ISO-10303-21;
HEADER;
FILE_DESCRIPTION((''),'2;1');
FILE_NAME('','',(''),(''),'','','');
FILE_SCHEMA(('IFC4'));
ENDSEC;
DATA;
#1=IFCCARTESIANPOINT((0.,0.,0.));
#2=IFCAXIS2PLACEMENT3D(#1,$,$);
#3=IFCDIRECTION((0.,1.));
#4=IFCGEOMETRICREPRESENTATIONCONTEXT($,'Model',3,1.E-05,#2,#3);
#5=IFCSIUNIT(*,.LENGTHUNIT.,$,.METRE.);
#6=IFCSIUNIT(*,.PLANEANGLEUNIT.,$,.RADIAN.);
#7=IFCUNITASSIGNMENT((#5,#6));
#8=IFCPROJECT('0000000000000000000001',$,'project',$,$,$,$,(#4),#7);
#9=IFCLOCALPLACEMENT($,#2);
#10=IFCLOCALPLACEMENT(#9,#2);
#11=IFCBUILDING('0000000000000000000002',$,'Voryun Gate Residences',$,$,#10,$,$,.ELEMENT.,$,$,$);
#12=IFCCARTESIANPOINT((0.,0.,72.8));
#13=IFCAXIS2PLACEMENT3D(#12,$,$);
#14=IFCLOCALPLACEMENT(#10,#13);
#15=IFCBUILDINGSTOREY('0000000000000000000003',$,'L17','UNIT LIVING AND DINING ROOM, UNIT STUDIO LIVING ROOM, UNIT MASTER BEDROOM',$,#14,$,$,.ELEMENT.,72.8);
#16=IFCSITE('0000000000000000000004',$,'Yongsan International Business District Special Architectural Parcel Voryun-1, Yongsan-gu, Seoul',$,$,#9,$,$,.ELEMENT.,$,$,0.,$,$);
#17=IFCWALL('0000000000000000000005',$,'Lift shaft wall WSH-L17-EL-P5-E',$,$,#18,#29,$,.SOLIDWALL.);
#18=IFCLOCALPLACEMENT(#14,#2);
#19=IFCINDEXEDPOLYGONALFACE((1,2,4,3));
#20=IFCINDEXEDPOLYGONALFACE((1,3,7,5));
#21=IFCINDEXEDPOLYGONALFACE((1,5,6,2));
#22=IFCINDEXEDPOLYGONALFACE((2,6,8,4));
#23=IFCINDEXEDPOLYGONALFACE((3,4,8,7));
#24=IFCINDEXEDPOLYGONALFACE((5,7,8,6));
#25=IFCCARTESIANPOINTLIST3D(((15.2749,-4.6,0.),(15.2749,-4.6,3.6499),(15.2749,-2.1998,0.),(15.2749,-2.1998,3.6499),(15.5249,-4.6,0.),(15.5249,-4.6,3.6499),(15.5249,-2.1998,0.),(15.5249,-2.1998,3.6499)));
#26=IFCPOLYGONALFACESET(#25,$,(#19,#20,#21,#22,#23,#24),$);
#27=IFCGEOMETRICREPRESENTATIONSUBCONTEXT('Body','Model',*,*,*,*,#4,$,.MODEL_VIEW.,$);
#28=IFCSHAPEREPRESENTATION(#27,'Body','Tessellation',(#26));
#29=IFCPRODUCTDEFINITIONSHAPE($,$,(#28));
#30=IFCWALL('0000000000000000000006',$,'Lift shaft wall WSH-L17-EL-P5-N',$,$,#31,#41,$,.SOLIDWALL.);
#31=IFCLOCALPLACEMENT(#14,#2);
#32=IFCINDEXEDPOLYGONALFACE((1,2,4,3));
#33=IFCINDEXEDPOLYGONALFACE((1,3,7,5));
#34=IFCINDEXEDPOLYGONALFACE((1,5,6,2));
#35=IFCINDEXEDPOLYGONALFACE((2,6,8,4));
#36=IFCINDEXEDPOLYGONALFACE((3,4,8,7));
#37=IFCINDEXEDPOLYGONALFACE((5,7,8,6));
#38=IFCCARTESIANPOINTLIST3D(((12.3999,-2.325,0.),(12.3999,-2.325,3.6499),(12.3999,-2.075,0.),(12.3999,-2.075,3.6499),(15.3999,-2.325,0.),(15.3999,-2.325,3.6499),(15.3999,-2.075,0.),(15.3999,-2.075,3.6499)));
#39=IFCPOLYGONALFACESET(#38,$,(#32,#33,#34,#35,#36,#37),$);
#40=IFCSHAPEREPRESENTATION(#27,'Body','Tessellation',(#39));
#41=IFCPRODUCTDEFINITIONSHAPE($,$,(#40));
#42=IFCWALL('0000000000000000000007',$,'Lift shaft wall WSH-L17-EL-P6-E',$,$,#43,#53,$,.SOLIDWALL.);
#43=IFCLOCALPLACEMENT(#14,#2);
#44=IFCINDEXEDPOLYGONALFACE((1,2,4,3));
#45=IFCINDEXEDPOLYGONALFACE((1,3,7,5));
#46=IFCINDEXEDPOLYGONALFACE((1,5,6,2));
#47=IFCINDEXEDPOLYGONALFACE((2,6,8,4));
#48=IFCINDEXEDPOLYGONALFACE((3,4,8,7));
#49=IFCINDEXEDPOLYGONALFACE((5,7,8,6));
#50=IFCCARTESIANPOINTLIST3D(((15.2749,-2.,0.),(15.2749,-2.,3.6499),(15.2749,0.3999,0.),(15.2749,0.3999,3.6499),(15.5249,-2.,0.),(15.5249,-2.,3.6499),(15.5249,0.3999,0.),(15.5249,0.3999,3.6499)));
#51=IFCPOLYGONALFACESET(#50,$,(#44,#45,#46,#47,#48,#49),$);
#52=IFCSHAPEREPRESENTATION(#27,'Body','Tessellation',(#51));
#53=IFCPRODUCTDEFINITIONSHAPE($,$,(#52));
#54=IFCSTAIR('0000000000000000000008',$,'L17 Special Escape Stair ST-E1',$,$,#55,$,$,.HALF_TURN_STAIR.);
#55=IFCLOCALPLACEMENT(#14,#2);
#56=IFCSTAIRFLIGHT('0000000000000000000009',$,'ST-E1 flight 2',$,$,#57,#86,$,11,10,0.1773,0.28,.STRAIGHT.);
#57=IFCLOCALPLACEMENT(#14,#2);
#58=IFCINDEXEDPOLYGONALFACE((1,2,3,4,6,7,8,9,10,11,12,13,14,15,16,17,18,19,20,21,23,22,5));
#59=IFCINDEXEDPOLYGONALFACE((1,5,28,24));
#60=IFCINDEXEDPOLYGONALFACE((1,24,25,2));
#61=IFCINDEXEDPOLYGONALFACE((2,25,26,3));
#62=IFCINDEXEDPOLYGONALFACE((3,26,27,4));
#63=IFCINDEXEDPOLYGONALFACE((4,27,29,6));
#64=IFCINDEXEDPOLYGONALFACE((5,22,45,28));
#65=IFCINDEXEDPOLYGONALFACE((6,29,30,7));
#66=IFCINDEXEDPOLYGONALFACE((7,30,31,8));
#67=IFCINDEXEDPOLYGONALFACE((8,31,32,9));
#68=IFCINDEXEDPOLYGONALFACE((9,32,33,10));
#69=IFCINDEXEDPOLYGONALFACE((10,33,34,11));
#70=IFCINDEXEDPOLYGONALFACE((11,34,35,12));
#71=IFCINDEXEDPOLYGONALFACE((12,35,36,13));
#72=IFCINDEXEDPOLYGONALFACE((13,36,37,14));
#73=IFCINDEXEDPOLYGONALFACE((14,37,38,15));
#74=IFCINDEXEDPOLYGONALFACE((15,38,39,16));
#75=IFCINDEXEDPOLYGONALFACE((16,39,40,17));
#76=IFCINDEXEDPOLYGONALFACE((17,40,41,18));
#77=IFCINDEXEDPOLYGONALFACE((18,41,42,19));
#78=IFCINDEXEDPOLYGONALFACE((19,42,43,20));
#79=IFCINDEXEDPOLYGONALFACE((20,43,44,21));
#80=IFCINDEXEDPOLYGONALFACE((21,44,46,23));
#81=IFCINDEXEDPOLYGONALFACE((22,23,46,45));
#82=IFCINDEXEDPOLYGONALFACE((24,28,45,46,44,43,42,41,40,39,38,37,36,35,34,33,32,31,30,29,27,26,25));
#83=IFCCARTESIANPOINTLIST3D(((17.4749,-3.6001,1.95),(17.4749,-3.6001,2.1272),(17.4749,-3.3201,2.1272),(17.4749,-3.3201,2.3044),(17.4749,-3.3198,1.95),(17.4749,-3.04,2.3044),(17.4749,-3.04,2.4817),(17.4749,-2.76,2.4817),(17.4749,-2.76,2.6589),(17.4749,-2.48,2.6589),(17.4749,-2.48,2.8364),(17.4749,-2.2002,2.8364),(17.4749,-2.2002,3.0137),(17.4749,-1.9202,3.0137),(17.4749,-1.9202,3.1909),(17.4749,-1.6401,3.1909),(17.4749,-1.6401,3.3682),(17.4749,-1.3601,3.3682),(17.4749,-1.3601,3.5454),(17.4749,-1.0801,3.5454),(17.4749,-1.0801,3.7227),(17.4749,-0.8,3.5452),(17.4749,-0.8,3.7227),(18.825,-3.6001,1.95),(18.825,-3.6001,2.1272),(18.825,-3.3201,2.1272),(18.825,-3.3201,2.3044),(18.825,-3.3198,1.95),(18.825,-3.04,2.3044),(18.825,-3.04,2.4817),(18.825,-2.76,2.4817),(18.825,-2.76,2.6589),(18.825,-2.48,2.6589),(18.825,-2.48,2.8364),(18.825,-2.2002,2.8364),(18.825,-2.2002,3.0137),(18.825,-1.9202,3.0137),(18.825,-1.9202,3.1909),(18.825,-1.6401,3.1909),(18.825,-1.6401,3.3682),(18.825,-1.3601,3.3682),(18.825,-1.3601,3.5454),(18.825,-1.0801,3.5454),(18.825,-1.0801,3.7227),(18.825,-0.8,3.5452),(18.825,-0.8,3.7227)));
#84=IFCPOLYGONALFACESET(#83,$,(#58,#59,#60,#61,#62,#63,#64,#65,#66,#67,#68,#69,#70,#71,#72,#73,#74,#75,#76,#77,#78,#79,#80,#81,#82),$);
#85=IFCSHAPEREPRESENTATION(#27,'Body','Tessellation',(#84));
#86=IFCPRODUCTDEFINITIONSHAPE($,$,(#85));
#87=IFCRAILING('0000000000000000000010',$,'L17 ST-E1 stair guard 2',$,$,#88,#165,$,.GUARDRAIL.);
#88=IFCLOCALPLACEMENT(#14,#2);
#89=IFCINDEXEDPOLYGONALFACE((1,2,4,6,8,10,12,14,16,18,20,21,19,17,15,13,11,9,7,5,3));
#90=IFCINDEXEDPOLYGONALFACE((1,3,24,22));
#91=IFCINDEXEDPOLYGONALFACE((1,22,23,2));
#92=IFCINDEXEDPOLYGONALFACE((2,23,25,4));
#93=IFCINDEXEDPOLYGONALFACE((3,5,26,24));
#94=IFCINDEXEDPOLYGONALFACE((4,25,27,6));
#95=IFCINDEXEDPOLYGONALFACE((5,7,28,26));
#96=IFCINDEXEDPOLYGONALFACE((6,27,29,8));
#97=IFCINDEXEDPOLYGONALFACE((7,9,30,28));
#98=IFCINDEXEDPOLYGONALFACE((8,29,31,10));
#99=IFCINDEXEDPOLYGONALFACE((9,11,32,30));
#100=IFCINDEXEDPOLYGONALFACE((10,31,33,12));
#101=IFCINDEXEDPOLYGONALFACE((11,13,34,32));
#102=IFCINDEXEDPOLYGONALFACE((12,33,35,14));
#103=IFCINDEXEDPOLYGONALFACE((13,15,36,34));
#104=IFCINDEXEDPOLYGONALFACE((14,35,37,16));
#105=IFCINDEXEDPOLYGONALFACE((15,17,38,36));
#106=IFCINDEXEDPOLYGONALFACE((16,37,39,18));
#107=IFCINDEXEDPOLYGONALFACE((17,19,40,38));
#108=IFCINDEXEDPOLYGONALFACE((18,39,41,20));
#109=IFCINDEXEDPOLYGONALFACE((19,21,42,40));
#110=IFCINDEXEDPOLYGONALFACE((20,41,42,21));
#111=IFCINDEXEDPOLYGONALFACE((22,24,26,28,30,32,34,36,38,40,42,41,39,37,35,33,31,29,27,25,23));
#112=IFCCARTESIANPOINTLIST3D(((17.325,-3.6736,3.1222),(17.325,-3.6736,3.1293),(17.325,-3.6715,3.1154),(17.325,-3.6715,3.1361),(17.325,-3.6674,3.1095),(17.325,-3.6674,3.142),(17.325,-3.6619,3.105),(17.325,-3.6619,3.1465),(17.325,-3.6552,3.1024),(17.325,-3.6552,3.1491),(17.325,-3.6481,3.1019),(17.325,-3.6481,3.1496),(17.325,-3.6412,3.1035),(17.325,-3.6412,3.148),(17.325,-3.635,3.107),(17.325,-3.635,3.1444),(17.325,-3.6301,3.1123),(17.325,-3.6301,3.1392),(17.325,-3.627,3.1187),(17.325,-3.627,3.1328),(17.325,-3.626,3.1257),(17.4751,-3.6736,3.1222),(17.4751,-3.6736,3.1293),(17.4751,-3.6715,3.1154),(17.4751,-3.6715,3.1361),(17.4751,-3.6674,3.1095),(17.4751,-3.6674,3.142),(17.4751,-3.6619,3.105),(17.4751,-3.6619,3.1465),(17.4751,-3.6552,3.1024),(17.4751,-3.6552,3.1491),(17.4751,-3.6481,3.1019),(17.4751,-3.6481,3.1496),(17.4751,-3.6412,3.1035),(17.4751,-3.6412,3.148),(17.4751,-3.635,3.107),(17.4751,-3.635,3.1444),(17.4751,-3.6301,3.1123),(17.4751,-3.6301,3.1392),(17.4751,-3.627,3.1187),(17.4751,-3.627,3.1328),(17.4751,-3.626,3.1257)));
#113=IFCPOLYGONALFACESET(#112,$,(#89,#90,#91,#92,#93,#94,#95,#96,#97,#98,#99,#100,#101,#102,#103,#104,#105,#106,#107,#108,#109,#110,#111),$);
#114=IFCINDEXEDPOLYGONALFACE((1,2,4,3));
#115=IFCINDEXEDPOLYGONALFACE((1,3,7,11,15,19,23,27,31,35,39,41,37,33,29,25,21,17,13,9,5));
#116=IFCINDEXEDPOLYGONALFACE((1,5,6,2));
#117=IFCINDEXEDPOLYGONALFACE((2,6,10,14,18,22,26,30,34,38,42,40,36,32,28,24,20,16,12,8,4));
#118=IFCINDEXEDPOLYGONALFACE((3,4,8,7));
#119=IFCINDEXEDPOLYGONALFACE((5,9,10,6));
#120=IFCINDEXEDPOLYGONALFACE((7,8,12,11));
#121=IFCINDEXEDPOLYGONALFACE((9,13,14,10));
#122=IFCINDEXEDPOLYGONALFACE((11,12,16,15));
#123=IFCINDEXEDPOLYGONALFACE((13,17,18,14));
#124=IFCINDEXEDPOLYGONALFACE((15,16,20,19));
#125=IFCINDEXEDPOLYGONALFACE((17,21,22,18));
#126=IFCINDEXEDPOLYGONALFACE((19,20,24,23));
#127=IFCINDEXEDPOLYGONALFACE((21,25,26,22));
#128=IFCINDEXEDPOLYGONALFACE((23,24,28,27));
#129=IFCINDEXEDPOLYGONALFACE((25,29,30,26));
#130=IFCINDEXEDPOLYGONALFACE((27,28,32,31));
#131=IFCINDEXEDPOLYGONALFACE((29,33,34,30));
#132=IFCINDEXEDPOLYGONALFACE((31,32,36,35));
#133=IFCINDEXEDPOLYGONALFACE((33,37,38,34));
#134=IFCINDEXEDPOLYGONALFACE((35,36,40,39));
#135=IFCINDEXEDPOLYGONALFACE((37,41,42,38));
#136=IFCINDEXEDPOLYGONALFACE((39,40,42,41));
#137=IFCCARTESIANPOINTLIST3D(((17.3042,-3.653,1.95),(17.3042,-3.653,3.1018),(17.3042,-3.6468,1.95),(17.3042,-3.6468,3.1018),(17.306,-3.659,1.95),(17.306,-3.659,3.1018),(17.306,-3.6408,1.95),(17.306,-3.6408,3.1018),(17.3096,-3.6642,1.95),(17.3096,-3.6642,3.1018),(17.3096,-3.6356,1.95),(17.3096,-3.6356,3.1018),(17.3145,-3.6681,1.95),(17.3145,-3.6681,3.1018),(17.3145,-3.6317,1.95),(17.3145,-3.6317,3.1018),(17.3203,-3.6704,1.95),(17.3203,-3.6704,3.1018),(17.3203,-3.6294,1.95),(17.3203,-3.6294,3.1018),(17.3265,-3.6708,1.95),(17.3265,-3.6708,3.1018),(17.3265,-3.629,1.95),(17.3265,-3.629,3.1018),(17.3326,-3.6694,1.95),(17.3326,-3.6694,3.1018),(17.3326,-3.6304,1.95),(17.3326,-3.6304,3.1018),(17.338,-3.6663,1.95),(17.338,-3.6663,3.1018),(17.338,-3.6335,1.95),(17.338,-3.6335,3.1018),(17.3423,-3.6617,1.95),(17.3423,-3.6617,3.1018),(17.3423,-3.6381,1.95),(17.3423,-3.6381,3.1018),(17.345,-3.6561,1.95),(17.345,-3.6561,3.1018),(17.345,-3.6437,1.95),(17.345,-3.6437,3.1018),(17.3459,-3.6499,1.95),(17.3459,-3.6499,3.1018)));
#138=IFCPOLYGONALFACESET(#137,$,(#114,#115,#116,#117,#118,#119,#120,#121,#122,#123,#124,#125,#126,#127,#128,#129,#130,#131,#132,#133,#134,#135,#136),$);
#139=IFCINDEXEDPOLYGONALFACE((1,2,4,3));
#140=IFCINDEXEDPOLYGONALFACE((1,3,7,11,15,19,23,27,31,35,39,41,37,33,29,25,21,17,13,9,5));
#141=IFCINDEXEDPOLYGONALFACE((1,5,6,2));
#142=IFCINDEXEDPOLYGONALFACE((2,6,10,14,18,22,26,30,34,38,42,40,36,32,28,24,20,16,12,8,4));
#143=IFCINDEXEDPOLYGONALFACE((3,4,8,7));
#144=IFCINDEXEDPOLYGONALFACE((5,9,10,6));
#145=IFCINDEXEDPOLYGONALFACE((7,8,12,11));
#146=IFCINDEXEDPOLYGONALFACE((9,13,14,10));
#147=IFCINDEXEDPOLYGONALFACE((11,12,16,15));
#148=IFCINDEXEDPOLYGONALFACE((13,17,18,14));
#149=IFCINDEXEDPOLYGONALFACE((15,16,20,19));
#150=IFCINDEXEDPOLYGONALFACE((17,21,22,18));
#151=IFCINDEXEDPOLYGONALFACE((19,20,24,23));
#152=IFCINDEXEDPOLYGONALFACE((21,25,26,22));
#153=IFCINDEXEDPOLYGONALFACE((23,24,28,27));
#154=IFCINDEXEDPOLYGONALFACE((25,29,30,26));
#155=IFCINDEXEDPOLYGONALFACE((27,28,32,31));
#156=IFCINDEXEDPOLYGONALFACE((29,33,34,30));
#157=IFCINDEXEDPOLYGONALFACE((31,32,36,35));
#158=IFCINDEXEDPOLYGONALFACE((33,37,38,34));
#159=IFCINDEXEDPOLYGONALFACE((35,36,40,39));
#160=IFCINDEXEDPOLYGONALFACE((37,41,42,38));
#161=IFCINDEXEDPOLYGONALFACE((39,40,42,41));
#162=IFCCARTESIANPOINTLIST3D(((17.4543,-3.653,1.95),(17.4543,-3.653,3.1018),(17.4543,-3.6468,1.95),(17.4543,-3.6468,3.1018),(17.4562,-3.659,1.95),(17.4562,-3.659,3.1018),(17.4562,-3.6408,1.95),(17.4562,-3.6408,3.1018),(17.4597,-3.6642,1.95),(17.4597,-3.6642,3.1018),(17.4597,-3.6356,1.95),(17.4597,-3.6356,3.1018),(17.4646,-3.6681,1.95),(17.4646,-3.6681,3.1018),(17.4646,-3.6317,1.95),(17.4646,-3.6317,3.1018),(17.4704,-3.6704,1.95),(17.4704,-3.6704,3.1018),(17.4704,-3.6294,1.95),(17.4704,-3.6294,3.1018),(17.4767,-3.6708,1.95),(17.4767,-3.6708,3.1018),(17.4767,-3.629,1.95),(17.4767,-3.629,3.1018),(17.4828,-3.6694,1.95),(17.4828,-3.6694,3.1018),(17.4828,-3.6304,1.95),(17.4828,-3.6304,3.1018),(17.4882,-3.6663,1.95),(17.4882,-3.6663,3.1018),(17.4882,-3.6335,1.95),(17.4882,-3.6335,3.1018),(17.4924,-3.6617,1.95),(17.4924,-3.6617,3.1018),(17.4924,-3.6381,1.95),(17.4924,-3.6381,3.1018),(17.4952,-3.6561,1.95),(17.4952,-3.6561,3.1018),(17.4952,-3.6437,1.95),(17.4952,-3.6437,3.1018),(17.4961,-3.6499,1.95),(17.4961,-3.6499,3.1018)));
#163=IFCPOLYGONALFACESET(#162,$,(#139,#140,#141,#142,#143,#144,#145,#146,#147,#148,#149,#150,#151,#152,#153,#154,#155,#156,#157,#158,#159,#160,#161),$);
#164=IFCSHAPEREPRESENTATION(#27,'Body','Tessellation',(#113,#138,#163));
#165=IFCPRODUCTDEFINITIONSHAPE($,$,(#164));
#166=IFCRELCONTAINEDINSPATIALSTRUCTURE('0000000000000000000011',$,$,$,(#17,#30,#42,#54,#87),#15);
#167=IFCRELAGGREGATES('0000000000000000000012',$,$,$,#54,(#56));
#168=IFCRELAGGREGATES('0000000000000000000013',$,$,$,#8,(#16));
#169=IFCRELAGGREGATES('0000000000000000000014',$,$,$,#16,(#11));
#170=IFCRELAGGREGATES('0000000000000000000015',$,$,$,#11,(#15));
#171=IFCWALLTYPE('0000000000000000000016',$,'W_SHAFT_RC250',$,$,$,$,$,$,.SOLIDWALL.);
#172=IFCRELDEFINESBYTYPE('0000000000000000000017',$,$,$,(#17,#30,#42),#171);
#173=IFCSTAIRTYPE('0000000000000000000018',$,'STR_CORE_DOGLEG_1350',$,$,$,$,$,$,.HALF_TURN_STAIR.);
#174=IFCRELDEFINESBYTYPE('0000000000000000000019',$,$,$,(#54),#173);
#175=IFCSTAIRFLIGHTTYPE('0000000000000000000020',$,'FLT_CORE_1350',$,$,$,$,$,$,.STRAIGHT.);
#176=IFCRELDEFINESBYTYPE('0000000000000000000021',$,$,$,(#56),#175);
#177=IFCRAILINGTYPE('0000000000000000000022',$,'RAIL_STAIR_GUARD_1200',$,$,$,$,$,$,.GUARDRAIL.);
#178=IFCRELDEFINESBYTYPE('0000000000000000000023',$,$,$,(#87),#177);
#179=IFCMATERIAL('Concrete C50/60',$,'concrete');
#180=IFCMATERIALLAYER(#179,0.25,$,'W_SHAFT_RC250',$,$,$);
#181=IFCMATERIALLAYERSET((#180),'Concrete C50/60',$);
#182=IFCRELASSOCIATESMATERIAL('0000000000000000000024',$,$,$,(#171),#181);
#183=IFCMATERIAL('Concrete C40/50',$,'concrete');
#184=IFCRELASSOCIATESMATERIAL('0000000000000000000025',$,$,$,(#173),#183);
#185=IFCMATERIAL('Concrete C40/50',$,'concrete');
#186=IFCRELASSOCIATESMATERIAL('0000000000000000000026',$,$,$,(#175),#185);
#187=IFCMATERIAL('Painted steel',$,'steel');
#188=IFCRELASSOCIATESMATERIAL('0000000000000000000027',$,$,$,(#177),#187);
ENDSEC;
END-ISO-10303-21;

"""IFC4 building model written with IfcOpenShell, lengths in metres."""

from ifc_helpers import new_model, si_unit, direction, frame, frame_2d, origin, origin_2d, place, context, subcontext, project, spatial, polyline, rectangle, circle, outline, extrude, material, layer, layer_set, type_object, element, aggregate, save


model = new_model("IFC4")

# Units and contexts
model_context = context("Model", 3, precision=1e-05, world=origin(), true_north=direction((0.0, 1.0)))
body_context = subcontext(model_context, "Body", "Model", "MODEL_VIEW")
ifc_project = project(units=[si_unit("LENGTHUNIT", "METRE"), si_unit("PLANEANGLEUNIT", "RADIAN")], contexts=[model_context])

# Site, building, storey
site_placement = place(None, origin())
site = spatial("IfcSite", under=ifc_project, at=site_placement, Name="Yongsan International Business District Special Architectural Parcel Voryun-1, Yongsan-gu, Seoul", CompositionType="ELEMENT", RefElevation=0.0)
building_placement = place(site_placement, origin())
building = spatial("IfcBuilding", under=site, at=building_placement, Name="Voryun Gate Residences", CompositionType="ELEMENT")
storey_placement = place(building_placement, frame((0.0, 0.0, 72.8)))
storey = spatial("IfcBuildingStorey", under=building, at=storey_placement, Name="L17", Description="UNIT LIVING AND DINING ROOM, UNIT STUDIO LIVING ROOM, UNIT MASTER BEDROOM", CompositionType="ELEMENT", Elevation=72.8)

# Walls
ifc_material_1 = material(Name="Concrete C50/60", Category="concrete")
ifc_layer_1 = layer(ifc_material_1, 0.25, Name="W_SHAFT_RC250")
ifc_layer_set_1 = layer_set([ifc_layer_1], Name="Concrete C50/60")
wall_type_1 = type_object("IfcWallType", Name="W_SHAFT_RC250", PredefinedType="SOLIDWALL", material=ifc_layer_set_1)
wall_1_placement = place(storey_placement, frame((15.3999, -4.6001, 0.0), z_axis=(0.0, 0.0, 1.0), x_axis=(0.0, 1.0, 0.0)))
element("IfcWall", 1, at=wall_1_placement, inside=storey, type_object=wall_type_1, Name="Lift shaft wall WSH-L17-EL-P5-E", PredefinedType="SOLIDWALL", context=body_context, shape_type="SweptSolid", body=[
    extrude(rectangle(XDim=2.4001, YDim=0.25, at=frame_2d((1.2002, 0.0))), origin(), (0.0, 0.0, 1.0), 3.6499),
])
wall_2_placement = place(storey_placement, frame((15.3999, -2.2, 0.0), z_axis=(0.0, 0.0, 1.0), x_axis=(-1.0, 0.0, 0.0)))
element("IfcWall", 2, at=wall_2_placement, inside=storey, type_object=wall_type_1, Name="Lift shaft wall WSH-L17-EL-P5-N", PredefinedType="SOLIDWALL", context=body_context, shape_type="SweptSolid", body=[
    extrude(rectangle(XDim=3.0, YDim=0.25, at=frame_2d((1.5, 0.0))), origin(), (0.0, 0.0, 1.0), 3.6499),
])
wall_3_placement = place(storey_placement, frame((15.3999, -2.0, 0.0), z_axis=(0.0, 0.0, 1.0), x_axis=(0.0, 1.0, 0.0)))
element("IfcWall", 3, at=wall_3_placement, inside=storey, type_object=wall_type_1, Name="Lift shaft wall WSH-L17-EL-P6-E", PredefinedType="SOLIDWALL", context=body_context, shape_type="SweptSolid", body=[
    extrude(rectangle(XDim=2.3999, YDim=0.25, at=frame_2d((1.2, 0.0))), origin(), (0.0, 0.0, 1.0), 3.6499),
])

# Stair, stair flight
ifc_material_2 = material(Name="Concrete C40/50", Category="concrete")
stair_type = type_object("IfcStairType", Name="STR_CORE_DOGLEG_1350", PredefinedType="HALF_TURN_STAIR", material=ifc_material_2)
stair_placement = place(storey_placement, origin())
stair = element("IfcStair", 4, at=stair_placement, inside=storey, type_object=stair_type, Name="L17 Special Escape Stair ST-E1", PredefinedType="HALF_TURN_STAIR")
ifc_material_3 = material(Name="Concrete C40/50", Category="concrete")
stair_flight_type = type_object("IfcStairFlightType", Name="FLT_CORE_1350", PredefinedType="STRAIGHT", material=ifc_material_3)
stair_flight_placement = place(storey_placement, frame((18.1499, -3.6001, 1.95), z_axis=(0.0, 0.0, 1.0), x_axis=(0.0, 1.0, 0.0)))
stair_flight = element("IfcStairFlight", 5, at=stair_flight_placement, type_object=stair_flight_type, Name="ST-E1 flight 2", NumberOfRisers=11, NumberOfTreads=10, PredefinedType="STRAIGHT", RiserHeight=0.1773, TreadLength=0.28, context=body_context, shape_type="SweptSolid", body=[
    extrude(outline(polyline([(0.0, 0.0), (0.0, 0.1772), (0.28, 0.1772), (0.28, 0.3545), (0.5601, 0.3545), (0.5601, 0.5317), (0.8401, 0.5317), (0.8401, 0.709), (1.1201, 0.709), (1.1201, 0.8865), (1.3999, 0.8865), (1.3999, 1.0637), (1.6799, 1.0637), (1.6799, 1.241), (1.96, 1.241), (1.96, 1.4182), (2.24, 1.4182), (2.24, 1.5955), (2.52, 1.5955), (2.52, 1.7727), (2.8, 1.7727), (2.8, 1.95), (2.8, 1.5952), (0.2803, 0.0), (0.0, 0.0)])), frame((0.0, 0.675, 0.0), z_axis=(0.0, -1.0, 0.0), x_axis=(1.0, 0.0, 0.0)), (0.0, 0.0, 1.0), 1.3501),
])
aggregate(stair, [stair_flight])

# Railing
ifc_material_4 = material(Name="Painted steel", Category="steel")
railing_type_1 = type_object("IfcRailingType", Name="RAIL_STAIR_GUARD_1200", PredefinedType="GUARDRAIL", material=ifc_material_4)
railing_1_placement = place(storey_placement, frame((17.325, -3.6499, 1.95)))
element("IfcRailing", 6, at=railing_1_placement, inside=storey, type_object=railing_type_1, Name="L17 ST-E1 stair guard 2", PredefinedType="GUARDRAIL", context=body_context, shape_type="SweptSolid", body=[
    extrude(circle(Radius=0.0239, at=origin_2d()), frame((0.0, 0.0, 1.1758), z_axis=(1.0, 0.0, 0.0), x_axis=(0.0, 1.0, 0.0)), (0.0, 0.0, 1.0), 0.1501),
    extrude(circle(Radius=0.021, at=origin_2d()), origin(), (0.0, 0.0, 1.0), 1.1519),
    extrude(circle(Radius=0.021, at=origin_2d()), frame((0.1501, 0.0, 0.0)), (0.0, 0.0, 1.0), 1.1519),
])

save(model, "model.ifc")
